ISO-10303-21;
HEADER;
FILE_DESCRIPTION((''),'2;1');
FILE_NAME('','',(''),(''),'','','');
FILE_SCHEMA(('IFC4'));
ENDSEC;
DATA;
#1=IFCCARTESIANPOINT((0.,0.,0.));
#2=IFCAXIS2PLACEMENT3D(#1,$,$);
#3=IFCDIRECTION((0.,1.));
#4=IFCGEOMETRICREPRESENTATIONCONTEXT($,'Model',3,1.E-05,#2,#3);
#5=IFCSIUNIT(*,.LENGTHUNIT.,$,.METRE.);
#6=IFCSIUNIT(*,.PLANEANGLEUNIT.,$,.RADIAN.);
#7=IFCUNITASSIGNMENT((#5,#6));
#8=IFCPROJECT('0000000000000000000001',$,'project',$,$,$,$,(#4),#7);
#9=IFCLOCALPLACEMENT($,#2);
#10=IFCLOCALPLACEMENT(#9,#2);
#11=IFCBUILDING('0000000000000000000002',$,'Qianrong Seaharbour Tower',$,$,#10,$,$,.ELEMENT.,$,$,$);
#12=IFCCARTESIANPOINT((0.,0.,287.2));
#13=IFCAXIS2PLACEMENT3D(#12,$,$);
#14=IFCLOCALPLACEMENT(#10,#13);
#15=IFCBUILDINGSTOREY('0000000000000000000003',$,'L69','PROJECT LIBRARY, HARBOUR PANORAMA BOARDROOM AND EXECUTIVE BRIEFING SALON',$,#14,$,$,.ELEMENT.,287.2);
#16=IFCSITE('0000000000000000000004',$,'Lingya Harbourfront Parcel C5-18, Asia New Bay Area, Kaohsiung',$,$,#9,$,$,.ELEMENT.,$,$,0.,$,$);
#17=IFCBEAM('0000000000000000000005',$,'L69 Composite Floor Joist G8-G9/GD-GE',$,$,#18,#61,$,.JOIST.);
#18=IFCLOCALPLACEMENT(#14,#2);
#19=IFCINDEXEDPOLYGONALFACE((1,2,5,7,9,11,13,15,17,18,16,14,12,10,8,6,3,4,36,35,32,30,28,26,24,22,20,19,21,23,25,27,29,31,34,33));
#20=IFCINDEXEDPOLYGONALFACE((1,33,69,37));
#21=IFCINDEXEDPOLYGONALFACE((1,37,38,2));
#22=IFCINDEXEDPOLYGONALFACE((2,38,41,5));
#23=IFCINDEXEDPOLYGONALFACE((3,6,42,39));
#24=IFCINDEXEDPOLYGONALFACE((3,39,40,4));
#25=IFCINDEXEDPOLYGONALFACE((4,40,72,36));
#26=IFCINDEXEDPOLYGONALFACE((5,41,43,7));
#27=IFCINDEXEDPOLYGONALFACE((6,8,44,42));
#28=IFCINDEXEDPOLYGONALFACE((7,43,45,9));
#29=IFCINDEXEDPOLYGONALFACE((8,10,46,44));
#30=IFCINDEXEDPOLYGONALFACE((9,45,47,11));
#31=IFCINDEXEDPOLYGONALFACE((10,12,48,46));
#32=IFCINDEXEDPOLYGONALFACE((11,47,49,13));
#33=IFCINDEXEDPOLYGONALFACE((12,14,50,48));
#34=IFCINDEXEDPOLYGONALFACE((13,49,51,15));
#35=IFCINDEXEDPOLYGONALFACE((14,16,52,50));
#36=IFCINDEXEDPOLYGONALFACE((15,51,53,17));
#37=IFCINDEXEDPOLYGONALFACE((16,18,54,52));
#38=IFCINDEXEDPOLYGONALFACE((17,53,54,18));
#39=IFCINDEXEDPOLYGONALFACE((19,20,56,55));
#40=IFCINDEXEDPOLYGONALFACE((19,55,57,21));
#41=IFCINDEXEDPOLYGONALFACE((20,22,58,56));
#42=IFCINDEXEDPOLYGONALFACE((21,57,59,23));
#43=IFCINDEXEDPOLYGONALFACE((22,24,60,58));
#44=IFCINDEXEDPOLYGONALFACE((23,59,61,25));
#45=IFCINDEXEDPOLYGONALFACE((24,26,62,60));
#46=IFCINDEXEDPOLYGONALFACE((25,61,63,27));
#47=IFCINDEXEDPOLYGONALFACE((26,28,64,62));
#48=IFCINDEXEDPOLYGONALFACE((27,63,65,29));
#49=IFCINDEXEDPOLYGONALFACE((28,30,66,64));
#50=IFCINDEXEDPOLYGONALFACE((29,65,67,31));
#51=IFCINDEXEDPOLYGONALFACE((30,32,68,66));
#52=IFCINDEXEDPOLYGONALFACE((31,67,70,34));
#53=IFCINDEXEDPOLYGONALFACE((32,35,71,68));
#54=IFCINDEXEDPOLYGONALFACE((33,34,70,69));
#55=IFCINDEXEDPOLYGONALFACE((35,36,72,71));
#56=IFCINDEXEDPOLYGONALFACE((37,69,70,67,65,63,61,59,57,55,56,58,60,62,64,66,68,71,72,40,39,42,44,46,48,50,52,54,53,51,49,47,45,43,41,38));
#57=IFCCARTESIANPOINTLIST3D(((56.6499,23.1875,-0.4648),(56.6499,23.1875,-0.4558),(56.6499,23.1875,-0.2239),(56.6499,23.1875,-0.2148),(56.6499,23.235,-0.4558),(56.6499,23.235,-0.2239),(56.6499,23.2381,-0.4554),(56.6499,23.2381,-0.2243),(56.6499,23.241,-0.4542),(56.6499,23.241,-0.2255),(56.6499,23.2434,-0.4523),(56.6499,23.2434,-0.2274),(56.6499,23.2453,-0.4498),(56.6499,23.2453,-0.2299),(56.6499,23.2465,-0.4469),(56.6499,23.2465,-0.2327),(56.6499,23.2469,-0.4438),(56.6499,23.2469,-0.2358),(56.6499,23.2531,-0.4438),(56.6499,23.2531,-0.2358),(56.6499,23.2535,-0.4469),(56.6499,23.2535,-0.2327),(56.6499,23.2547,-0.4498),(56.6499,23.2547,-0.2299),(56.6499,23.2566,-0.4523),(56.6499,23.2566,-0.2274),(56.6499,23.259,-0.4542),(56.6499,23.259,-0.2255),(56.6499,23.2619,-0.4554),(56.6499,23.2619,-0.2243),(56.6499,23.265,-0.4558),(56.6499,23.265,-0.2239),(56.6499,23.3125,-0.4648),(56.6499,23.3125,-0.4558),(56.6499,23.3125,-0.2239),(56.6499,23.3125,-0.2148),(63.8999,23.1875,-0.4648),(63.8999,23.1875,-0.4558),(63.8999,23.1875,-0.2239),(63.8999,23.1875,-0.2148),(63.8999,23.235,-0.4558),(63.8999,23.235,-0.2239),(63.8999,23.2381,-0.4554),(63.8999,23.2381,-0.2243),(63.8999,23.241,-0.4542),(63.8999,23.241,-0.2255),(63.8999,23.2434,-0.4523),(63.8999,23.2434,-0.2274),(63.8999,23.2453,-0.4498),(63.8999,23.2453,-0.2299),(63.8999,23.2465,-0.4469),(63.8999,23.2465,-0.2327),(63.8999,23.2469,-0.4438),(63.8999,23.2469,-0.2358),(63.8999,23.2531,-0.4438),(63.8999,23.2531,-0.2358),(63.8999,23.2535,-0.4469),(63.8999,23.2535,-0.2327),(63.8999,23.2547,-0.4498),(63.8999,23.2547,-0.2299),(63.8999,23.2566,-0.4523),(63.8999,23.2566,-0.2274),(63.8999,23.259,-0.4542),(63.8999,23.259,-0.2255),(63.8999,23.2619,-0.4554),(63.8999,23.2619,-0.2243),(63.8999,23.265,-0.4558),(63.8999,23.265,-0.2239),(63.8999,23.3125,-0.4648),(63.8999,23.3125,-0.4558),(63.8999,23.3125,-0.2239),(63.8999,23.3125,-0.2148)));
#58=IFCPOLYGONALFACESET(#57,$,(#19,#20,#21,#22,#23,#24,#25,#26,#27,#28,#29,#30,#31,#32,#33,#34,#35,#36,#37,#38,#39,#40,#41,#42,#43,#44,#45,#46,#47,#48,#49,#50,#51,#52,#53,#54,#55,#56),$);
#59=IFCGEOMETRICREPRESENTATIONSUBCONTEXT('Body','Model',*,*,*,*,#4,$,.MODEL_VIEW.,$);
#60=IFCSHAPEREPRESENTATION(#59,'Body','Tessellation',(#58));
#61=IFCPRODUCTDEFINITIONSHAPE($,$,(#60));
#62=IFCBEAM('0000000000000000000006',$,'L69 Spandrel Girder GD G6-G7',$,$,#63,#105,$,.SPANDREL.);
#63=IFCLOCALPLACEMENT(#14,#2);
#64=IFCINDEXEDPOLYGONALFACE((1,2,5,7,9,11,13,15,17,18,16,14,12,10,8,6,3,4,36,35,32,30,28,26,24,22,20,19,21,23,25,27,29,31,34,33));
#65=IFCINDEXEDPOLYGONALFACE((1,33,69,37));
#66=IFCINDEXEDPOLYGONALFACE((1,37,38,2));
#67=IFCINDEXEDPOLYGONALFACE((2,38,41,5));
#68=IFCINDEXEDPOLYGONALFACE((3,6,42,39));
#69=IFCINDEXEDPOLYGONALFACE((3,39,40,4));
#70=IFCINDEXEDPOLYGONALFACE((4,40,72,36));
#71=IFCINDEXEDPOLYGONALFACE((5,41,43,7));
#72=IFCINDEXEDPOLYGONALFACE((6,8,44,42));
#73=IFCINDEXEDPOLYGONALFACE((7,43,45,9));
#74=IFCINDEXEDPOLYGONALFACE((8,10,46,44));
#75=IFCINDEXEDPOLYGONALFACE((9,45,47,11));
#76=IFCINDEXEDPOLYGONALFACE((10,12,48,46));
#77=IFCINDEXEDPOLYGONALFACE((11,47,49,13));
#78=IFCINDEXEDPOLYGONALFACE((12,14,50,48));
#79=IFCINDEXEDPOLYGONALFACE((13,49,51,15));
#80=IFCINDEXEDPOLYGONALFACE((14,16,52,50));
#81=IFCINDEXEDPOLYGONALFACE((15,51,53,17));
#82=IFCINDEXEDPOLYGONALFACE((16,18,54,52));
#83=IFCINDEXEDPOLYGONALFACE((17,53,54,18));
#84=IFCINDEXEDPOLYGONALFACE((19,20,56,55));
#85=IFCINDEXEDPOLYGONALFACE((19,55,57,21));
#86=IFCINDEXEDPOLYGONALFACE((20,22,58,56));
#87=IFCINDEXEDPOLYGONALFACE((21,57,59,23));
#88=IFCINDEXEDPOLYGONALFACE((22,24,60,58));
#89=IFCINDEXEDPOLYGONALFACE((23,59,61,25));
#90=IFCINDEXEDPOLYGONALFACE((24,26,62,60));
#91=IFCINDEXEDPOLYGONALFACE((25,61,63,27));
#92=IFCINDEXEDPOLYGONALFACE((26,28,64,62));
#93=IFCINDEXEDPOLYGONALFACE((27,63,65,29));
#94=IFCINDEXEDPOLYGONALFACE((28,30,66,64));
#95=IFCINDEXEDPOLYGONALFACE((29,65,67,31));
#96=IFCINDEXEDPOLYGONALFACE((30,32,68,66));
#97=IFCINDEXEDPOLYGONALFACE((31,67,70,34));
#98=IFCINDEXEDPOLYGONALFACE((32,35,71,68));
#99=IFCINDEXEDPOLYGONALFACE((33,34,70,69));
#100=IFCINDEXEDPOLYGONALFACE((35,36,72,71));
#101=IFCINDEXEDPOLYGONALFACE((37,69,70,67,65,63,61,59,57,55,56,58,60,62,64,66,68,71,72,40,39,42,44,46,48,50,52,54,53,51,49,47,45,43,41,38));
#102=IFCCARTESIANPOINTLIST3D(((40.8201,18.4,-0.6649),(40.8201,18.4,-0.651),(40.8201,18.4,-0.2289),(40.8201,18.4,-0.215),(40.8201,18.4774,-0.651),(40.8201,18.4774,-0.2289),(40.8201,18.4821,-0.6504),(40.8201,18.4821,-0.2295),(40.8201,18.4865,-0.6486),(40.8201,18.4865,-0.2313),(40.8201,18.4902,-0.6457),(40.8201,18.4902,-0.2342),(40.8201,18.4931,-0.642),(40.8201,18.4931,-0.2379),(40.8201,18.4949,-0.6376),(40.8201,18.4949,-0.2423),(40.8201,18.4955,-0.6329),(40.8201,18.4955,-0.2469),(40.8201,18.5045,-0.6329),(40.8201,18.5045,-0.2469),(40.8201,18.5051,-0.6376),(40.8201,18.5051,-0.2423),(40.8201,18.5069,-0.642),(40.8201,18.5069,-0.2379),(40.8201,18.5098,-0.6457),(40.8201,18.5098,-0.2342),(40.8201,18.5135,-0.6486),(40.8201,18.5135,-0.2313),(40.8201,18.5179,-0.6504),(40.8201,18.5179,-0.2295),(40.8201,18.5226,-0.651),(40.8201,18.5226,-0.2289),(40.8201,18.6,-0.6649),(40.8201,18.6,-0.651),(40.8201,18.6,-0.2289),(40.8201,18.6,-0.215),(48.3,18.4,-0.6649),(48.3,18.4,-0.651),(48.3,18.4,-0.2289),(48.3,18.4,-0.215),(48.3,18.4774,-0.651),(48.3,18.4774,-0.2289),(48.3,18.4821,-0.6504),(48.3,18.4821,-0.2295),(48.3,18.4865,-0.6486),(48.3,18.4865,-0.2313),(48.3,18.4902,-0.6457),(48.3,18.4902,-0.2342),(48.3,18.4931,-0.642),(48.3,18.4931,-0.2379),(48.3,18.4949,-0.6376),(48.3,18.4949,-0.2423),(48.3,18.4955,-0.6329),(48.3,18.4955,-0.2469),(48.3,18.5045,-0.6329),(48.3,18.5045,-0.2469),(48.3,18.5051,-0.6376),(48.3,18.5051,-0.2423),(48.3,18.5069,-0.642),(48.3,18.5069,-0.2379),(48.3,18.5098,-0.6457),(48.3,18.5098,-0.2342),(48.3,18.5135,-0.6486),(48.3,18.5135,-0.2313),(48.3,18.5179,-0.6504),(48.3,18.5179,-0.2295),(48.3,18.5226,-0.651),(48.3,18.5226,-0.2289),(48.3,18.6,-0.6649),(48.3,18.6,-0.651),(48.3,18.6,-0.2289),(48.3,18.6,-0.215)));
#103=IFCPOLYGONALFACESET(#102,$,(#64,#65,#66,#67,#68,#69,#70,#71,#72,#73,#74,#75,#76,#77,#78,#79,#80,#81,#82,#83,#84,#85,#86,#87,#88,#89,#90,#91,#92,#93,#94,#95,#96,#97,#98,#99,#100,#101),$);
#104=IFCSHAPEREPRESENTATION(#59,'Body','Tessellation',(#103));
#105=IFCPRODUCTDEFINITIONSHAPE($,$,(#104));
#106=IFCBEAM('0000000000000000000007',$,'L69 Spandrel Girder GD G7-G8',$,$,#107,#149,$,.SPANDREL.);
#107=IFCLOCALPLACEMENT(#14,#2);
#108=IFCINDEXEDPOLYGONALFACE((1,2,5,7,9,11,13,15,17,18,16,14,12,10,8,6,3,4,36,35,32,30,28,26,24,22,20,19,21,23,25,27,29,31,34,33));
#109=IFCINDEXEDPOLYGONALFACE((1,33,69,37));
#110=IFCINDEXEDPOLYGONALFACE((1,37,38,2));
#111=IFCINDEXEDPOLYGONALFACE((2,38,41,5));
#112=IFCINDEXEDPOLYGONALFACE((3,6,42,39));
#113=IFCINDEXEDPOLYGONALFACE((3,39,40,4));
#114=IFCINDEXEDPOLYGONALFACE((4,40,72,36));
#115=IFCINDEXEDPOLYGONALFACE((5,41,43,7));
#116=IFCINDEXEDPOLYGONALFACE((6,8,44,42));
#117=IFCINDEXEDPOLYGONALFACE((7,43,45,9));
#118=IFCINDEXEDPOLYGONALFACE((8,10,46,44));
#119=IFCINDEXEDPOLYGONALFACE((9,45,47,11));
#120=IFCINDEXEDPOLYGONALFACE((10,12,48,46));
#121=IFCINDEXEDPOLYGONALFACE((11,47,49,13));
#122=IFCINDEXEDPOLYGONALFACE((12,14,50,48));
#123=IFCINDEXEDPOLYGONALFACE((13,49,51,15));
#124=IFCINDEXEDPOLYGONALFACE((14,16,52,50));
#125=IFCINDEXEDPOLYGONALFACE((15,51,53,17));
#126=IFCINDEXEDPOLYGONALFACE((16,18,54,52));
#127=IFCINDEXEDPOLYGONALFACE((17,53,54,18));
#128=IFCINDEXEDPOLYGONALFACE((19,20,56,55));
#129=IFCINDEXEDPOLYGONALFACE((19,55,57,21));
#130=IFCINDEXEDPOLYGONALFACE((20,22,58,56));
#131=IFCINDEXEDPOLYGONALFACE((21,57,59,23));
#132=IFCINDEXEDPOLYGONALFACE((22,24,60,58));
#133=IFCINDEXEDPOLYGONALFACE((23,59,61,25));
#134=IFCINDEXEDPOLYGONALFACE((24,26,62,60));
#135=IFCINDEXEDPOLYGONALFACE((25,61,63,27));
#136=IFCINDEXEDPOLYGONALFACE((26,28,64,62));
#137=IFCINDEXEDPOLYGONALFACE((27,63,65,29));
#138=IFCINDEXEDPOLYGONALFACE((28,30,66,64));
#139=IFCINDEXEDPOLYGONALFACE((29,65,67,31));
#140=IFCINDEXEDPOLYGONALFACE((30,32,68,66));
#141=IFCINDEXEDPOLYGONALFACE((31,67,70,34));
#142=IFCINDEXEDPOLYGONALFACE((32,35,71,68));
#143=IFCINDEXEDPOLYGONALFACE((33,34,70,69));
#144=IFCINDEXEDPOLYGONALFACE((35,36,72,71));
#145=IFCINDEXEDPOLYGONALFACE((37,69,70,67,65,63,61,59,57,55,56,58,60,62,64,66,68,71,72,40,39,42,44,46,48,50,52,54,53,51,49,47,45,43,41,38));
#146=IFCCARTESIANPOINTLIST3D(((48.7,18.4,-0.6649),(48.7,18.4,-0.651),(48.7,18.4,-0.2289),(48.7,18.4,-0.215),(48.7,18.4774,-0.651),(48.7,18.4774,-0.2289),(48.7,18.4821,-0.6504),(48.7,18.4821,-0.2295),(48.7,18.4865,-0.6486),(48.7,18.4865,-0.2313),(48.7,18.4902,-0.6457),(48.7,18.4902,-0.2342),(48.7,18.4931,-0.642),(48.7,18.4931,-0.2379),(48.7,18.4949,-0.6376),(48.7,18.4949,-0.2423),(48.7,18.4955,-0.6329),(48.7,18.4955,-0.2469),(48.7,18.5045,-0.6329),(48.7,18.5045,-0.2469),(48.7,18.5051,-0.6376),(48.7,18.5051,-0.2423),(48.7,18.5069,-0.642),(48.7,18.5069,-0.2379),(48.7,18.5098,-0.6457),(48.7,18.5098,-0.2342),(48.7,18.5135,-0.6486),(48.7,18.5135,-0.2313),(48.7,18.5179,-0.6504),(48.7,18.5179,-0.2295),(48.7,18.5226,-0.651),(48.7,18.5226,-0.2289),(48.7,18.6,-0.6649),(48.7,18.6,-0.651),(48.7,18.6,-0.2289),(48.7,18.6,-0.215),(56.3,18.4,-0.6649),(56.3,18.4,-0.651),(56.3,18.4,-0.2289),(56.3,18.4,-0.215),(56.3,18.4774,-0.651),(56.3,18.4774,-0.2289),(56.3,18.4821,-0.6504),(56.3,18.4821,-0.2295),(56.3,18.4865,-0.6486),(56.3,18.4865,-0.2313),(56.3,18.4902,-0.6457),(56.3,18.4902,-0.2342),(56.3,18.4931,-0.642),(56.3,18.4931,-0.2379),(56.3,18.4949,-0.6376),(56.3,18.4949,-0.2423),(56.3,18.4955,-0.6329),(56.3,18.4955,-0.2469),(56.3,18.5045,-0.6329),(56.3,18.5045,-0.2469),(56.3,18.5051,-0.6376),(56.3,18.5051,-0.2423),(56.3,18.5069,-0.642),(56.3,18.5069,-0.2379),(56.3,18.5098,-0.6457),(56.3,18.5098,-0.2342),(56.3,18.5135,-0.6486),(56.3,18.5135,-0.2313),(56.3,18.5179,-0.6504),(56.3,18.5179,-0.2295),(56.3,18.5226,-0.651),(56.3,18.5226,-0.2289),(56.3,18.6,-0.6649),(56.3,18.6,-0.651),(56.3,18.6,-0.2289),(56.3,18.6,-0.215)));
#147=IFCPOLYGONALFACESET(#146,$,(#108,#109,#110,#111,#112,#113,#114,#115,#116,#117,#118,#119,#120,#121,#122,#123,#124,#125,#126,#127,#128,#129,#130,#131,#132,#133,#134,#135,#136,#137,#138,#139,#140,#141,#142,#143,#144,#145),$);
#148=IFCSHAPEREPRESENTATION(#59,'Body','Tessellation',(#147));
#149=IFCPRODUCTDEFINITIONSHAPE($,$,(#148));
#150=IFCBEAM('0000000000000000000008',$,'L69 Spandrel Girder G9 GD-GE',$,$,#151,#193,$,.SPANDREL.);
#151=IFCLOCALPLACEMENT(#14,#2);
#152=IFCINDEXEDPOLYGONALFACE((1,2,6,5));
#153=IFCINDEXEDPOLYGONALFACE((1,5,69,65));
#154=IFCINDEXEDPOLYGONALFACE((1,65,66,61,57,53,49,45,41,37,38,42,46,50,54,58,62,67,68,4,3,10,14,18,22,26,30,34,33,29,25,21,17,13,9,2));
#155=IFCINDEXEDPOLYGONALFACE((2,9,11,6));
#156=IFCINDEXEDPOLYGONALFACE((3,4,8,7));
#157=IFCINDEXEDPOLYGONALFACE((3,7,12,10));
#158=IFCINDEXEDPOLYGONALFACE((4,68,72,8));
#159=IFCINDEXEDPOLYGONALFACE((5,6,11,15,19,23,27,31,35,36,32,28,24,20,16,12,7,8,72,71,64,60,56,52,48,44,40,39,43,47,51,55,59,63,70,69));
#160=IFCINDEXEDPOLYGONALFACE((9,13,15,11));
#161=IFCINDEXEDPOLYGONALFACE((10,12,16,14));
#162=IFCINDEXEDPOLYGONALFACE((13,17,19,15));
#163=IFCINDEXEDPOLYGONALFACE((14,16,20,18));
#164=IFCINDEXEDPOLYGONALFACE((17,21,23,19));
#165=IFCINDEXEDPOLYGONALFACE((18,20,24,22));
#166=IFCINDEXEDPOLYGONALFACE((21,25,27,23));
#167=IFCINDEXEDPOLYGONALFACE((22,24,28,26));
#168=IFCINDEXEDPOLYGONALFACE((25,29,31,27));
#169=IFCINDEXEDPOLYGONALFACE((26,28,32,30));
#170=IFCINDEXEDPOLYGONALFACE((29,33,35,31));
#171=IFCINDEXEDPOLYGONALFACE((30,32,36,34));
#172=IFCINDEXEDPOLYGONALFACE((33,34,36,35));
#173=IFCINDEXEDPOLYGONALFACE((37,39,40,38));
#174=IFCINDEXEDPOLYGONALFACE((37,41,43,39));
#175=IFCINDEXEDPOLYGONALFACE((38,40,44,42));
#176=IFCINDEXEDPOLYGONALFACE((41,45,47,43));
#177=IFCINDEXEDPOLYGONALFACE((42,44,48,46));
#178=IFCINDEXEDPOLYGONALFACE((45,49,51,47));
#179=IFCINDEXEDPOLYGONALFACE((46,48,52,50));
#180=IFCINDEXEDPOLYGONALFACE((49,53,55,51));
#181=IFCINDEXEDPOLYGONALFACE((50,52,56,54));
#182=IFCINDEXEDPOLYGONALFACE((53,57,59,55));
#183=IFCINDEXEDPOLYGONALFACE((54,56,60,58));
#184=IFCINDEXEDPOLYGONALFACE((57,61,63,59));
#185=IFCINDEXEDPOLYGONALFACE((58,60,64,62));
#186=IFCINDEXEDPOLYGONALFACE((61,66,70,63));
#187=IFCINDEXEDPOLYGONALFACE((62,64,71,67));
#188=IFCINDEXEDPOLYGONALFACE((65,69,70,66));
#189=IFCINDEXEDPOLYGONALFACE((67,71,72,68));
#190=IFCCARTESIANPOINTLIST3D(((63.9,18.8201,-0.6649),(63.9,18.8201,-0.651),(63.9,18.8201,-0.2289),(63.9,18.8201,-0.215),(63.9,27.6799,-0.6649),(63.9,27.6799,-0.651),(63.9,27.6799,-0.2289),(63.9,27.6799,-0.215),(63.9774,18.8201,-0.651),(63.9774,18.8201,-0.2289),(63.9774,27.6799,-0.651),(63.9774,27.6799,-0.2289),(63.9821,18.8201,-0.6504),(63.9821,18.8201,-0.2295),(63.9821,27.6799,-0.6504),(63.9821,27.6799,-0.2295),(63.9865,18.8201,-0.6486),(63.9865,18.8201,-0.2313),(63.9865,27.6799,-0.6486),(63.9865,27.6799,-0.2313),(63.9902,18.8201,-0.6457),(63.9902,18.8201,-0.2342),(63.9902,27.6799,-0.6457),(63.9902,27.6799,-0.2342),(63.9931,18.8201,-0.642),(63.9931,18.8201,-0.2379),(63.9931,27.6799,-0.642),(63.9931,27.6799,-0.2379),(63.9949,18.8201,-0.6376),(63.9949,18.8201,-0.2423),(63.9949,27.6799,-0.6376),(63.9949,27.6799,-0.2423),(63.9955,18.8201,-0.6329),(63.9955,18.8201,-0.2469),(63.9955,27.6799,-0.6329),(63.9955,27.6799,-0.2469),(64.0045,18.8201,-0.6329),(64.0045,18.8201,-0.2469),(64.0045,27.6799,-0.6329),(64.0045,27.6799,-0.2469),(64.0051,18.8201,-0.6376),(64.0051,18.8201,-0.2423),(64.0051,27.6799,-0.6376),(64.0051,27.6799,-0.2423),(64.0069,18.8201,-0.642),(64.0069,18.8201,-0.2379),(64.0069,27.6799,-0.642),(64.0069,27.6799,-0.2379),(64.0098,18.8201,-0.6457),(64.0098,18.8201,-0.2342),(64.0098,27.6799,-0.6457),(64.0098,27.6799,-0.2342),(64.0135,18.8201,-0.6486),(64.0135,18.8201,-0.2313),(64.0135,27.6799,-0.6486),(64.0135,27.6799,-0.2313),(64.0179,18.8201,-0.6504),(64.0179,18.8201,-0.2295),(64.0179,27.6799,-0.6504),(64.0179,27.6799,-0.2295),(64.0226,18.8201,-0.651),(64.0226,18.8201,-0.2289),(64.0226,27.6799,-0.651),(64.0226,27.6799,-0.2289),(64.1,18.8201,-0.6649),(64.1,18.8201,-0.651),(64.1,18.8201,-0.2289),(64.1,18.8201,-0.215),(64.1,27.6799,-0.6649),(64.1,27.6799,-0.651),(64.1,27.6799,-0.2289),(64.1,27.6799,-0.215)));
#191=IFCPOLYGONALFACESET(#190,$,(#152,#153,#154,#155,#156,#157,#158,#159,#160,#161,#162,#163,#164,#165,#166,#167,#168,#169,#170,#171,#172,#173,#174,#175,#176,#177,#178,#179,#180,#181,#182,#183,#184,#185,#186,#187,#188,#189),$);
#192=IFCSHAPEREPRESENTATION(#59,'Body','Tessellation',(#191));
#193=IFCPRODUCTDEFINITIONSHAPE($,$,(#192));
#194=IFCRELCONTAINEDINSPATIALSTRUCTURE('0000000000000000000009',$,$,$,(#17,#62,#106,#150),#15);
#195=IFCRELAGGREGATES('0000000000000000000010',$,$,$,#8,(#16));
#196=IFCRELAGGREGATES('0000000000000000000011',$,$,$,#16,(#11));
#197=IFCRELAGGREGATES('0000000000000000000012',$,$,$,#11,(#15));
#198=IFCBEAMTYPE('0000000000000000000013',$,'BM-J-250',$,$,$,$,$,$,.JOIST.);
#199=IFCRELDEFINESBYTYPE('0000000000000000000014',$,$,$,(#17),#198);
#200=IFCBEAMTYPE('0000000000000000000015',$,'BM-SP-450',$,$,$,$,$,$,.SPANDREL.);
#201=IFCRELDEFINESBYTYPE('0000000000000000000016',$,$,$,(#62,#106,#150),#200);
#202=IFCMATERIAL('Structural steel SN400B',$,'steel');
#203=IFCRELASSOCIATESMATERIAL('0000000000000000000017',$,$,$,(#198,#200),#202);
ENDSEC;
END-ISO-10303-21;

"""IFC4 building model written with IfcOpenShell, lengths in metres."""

from ifc_helpers import new_model, si_unit, direction, frame, origin, origin_2d, place, context, subcontext, project, spatial, i_section, extrude, material, material_profile, profile_set, type_object, element, save


model = new_model("IFC4")

# Units and contexts
model_context = context("Model", 3, precision=1e-05, world=origin(), true_north=direction((0.0, 1.0)))
body_context = subcontext(model_context, "Body", "Model", "MODEL_VIEW")
ifc_project = project(units=[si_unit("LENGTHUNIT", "METRE"), si_unit("PLANEANGLEUNIT", "RADIAN")], contexts=[model_context])

# Site, building, storey
site_placement = place(None, origin())
site = spatial("IfcSite", under=ifc_project, at=site_placement, Name="Lingya Harbourfront Parcel C5-18, Asia New Bay Area, Kaohsiung", CompositionType="ELEMENT", RefElevation=0.0)
building_placement = place(site_placement, origin())
building = spatial("IfcBuilding", under=site, at=building_placement, Name="Qianrong Seaharbour Tower", CompositionType="ELEMENT")
storey_placement = place(building_placement, frame((0.0, 0.0, 287.2)))
storey = spatial("IfcBuildingStorey", under=building, at=storey_placement, Name="L69", Description="PROJECT LIBRARY, HARBOUR PANORAMA BOARDROOM AND EXECUTIVE BRIEFING SALON", CompositionType="ELEMENT", Elevation=287.2)

# Shared definitions
ifc_material_1 = material(Name="Structural steel SN400B", Category="steel")

# Beams
ifc_material_profile_1 = material_profile(ifc_material_1, i_section(OverallWidth=0.125, OverallDepth=0.25, WebThickness=0.0061, FlangeThickness=0.009, FilletRadius=0.012, at=origin_2d()), Name="H250x125x6x9")
ifc_profile_set_1 = profile_set([ifc_material_profile_1], Name="Structural steel SN400B")
beam_type_1 = type_object("IfcBeamType", Name="BM-J-250", PredefinedType="JOIST", material=ifc_profile_set_1)
beam_1_placement = place(storey_placement, frame((56.6499, 23.25, -0.3398), z_axis=(1.0, 0.0, 0.0), x_axis=(0.0, 1.0, 0.0)))
element("IfcBeam", 1, at=beam_1_placement, inside=storey, type_object=beam_type_1, Name="L69 Composite Floor Joist G8-G9/GD-GE", PredefinedType="JOIST", context=body_context, shape_type="SweptSolid", body=[
    extrude(i_section(OverallWidth=0.125, OverallDepth=0.25, WebThickness=0.0061, FlangeThickness=0.009, FilletRadius=0.012, at=origin_2d()), origin(), (0.0, 0.0, 1.0), 7.25),
])
ifc_material_profile_2 = material_profile(ifc_material_1, i_section(OverallWidth=0.2, OverallDepth=0.45, WebThickness=0.009, FlangeThickness=0.0139, FilletRadius=0.0181, at=origin_2d()), Name="H450x200x9x14")
ifc_profile_set_2 = profile_set([ifc_material_profile_2], Name="Structural steel SN400B")
beam_type_2 = type_object("IfcBeamType", Name="BM-SP-450", PredefinedType="SPANDREL", material=ifc_profile_set_2)
beam_2_placement = place(storey_placement, frame((40.8201, 18.5, -0.4399), z_axis=(1.0, 0.0, 0.0), x_axis=(0.0, 1.0, 0.0)))
element("IfcBeam", 2, at=beam_2_placement, inside=storey, type_object=beam_type_2, Name="L69 Spandrel Girder GD G6-G7", PredefinedType="SPANDREL", context=body_context, shape_type="SweptSolid", body=[
    extrude(i_section(OverallWidth=0.2, OverallDepth=0.45, WebThickness=0.009, FlangeThickness=0.0139, FilletRadius=0.0181, at=origin_2d()), origin(), (0.0, 0.0, 1.0), 7.48),
])
beam_3_placement = place(storey_placement, frame((48.7, 18.5, -0.4399), z_axis=(1.0, 0.0, 0.0), x_axis=(0.0, 1.0, 0.0)))
element("IfcBeam", 3, at=beam_3_placement, inside=storey, type_object=beam_type_2, Name="L69 Spandrel Girder GD G7-G8", PredefinedType="SPANDREL", context=body_context, shape_type="SweptSolid", body=[
    extrude(i_section(OverallWidth=0.2, OverallDepth=0.45, WebThickness=0.009, FlangeThickness=0.0139, FilletRadius=0.0181, at=origin_2d()), origin(), (0.0, 0.0, 1.0), 7.6001),
])
beam_4_placement = place(storey_placement, frame((64.0, 18.8201, -0.4399), z_axis=(0.0, 1.0, 0.0), x_axis=(-1.0, 0.0, 0.0)))
element("IfcBeam", 4, at=beam_4_placement, inside=storey, type_object=beam_type_2, Name="L69 Spandrel Girder G9 GD-GE", PredefinedType="SPANDREL", context=body_context, shape_type="SweptSolid", body=[
    extrude(i_section(OverallWidth=0.2, OverallDepth=0.45, WebThickness=0.009, FlangeThickness=0.0139, FilletRadius=0.0181, at=origin_2d()), origin(), (0.0, 0.0, 1.0), 8.8599),
])

save(model, "model.ifc")
